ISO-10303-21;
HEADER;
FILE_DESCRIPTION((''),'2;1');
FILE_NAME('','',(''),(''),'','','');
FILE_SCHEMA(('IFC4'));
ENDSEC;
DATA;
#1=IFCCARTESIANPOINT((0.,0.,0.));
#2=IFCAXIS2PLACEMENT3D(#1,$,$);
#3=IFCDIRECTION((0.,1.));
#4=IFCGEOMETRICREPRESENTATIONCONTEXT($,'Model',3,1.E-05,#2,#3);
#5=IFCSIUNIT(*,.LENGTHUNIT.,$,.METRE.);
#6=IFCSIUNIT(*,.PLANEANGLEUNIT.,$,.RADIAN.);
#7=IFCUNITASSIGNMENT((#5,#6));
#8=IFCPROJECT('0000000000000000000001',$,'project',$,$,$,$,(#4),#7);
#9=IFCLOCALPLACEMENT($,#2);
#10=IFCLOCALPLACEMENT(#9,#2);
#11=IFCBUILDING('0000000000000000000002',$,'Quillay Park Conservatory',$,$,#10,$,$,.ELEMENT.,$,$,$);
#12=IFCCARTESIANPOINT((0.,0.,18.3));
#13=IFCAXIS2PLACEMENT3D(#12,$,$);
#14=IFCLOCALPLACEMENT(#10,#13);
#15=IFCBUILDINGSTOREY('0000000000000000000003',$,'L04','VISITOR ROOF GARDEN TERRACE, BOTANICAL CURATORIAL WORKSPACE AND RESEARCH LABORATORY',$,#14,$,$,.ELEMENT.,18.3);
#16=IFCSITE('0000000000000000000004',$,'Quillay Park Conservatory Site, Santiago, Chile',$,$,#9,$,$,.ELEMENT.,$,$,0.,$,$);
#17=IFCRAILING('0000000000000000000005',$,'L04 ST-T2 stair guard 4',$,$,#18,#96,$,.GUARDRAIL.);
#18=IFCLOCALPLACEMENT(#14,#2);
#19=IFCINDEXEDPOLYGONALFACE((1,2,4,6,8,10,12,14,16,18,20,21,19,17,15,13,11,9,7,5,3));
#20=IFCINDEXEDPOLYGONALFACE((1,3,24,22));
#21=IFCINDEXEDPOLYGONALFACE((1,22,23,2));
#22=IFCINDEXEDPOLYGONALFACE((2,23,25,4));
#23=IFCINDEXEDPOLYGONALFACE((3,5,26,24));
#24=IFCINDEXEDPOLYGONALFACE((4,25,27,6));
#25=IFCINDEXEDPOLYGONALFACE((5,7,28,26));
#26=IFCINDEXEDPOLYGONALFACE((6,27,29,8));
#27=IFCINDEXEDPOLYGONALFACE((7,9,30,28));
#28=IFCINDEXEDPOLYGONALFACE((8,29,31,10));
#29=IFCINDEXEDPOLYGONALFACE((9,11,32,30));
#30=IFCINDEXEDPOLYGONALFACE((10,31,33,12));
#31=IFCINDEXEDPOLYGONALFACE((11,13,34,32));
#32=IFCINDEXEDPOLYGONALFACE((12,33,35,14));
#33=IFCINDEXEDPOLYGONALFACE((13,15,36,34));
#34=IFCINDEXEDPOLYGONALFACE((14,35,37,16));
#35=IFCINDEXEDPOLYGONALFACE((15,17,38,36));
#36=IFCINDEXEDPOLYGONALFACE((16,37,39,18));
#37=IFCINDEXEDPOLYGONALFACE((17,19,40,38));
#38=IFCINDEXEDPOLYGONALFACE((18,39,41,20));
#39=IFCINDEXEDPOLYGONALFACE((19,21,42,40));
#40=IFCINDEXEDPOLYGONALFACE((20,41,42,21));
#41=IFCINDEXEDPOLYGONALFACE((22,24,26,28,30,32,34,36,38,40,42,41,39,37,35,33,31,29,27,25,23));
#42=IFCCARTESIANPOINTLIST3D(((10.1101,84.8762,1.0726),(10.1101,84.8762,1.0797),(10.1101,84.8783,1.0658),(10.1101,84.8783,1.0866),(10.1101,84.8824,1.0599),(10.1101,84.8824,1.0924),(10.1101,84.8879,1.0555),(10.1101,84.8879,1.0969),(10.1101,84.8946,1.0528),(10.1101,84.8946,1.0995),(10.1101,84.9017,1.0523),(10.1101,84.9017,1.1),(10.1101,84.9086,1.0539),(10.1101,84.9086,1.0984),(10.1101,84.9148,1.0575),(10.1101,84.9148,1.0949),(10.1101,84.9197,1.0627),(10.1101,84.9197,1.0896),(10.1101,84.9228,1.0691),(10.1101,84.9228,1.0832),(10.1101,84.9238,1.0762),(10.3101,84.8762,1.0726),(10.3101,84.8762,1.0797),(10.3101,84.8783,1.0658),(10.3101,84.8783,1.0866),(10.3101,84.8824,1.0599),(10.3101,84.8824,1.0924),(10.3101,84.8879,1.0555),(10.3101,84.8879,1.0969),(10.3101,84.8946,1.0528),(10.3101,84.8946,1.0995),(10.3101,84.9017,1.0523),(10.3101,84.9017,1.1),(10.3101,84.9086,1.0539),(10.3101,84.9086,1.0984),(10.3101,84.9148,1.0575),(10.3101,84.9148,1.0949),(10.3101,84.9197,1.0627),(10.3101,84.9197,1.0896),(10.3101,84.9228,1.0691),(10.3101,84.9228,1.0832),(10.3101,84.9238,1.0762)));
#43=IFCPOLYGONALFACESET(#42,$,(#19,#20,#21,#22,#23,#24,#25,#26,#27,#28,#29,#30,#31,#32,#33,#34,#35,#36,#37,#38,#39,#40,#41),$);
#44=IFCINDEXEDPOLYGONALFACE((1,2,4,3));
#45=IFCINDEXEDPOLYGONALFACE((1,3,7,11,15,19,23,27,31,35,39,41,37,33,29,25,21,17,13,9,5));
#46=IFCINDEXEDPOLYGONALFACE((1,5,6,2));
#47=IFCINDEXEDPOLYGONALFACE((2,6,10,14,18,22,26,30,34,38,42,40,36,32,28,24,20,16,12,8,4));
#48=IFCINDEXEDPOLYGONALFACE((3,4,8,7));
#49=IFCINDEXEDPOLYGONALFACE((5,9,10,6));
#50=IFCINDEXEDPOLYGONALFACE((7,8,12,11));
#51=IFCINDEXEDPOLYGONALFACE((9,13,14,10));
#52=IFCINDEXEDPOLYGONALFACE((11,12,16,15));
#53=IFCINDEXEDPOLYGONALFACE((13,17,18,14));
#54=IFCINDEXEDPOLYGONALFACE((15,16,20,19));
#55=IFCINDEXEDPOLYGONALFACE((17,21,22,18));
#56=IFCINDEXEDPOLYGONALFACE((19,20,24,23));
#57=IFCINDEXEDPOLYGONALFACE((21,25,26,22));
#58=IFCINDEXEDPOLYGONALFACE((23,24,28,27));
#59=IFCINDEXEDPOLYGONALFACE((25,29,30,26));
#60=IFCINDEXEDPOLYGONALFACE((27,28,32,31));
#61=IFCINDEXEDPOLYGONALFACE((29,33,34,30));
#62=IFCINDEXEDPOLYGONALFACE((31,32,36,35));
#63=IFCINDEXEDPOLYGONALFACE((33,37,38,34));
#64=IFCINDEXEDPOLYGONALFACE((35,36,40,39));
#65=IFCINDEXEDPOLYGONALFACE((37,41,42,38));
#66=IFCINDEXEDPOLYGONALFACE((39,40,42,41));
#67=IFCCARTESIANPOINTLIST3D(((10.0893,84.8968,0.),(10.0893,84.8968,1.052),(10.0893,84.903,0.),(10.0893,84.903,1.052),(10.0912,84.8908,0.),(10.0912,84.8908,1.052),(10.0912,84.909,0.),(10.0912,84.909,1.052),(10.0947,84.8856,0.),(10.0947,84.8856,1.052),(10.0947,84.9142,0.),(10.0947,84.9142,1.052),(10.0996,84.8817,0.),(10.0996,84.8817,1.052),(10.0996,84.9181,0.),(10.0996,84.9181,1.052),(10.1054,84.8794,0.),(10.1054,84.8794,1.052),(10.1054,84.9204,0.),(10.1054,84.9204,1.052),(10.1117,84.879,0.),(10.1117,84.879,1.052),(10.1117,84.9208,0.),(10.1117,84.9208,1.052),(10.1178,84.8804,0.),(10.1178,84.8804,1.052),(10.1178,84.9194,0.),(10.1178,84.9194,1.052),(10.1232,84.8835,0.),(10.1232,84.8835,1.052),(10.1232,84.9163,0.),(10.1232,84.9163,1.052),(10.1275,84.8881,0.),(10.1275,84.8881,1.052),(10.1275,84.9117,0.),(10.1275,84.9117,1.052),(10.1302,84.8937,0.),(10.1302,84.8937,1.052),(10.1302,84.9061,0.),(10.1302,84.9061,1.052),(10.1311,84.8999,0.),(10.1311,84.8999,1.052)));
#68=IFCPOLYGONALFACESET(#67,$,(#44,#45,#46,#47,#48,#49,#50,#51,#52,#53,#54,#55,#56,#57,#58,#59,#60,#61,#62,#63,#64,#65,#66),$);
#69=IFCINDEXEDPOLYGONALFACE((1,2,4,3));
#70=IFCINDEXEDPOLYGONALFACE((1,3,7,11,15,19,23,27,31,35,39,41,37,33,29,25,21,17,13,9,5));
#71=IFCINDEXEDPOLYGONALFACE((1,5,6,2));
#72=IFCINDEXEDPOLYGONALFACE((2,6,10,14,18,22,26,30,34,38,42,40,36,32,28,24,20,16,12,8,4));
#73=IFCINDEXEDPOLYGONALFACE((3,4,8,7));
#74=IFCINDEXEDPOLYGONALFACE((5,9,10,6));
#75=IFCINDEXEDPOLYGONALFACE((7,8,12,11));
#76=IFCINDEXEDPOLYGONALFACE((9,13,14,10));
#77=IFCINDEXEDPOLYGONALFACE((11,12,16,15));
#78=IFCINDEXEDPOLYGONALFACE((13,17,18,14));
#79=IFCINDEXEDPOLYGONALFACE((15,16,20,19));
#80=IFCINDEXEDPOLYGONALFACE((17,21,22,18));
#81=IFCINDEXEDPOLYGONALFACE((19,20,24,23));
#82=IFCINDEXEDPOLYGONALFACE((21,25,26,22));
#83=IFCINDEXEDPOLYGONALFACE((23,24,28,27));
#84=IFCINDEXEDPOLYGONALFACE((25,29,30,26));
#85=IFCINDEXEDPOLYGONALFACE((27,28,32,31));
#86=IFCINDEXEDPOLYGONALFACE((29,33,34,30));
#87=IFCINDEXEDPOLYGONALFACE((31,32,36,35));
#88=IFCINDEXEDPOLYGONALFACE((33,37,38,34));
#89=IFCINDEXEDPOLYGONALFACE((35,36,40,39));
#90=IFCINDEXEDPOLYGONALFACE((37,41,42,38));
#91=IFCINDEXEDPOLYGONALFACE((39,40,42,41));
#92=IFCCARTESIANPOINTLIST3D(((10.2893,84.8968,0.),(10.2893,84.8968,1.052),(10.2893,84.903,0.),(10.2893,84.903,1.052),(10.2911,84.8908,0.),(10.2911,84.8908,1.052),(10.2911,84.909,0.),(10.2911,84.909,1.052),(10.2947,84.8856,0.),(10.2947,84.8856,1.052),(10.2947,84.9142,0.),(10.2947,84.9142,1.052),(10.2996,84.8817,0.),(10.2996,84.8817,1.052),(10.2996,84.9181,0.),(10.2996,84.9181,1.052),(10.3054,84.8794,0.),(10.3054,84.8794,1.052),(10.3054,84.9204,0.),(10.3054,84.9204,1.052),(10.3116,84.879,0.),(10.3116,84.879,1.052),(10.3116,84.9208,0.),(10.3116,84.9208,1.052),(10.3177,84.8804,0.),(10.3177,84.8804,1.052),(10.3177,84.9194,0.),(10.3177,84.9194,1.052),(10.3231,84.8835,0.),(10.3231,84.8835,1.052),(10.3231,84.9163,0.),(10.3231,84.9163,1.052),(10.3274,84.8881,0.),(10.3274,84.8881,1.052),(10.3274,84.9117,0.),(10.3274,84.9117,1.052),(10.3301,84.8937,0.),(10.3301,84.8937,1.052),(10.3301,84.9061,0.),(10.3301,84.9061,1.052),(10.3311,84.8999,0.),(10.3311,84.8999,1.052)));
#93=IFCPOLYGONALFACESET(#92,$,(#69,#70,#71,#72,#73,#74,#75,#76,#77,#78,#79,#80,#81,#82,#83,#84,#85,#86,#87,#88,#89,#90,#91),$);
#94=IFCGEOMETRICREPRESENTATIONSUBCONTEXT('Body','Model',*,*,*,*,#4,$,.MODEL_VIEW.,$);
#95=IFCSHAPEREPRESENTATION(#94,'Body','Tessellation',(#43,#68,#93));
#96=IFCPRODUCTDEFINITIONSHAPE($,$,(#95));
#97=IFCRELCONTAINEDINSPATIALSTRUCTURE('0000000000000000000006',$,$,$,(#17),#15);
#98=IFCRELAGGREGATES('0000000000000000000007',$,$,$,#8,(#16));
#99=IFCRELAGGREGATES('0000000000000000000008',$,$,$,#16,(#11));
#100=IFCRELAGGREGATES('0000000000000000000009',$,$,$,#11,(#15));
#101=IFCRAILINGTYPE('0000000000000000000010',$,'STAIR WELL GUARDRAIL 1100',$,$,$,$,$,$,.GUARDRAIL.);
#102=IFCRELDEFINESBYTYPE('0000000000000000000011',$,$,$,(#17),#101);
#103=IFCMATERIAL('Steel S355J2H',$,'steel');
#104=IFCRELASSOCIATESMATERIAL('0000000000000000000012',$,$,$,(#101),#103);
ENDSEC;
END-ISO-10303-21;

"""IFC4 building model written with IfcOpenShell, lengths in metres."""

from ifc_helpers import new_model, si_unit, direction, frame, origin, origin_2d, place, context, subcontext, project, spatial, circle, extrude, material, type_object, element, save


model = new_model("IFC4")

# Units and contexts
model_context = context("Model", 3, precision=1e-05, world=origin(), true_north=direction((0.0, 1.0)))
body_context = subcontext(model_context, "Body", "Model", "MODEL_VIEW")
ifc_project = project(units=[si_unit("LENGTHUNIT", "METRE"), si_unit("PLANEANGLEUNIT", "RADIAN")], contexts=[model_context])

# Site, building, storey
site_placement = place(None, origin())
site = spatial("IfcSite", under=ifc_project, at=site_placement, Name="Quillay Park Conservatory Site, Santiago, Chile", CompositionType="ELEMENT", RefElevation=0.0)
building_placement = place(site_placement, origin())
building = spatial("IfcBuilding", under=site, at=building_placement, Name="Quillay Park Conservatory", CompositionType="ELEMENT")
storey_placement = place(building_placement, frame((0.0, 0.0, 18.3)))
storey = spatial("IfcBuildingStorey", under=building, at=storey_placement, Name="L04", Description="VISITOR ROOF GARDEN TERRACE, BOTANICAL CURATORIAL WORKSPACE AND RESEARCH LABORATORY", CompositionType="ELEMENT", Elevation=18.3)

# Railing
ifc_material_1 = material(Name="Steel S355J2H", Category="steel")
railing_type_1 = type_object("IfcRailingType", Name="STAIR WELL GUARDRAIL 1100", PredefinedType="GUARDRAIL", material=ifc_material_1)
railing_1_placement = place(storey_placement, frame((10.1101, 84.8999, 0.0)))
element("IfcRailing", 1, at=railing_1_placement, inside=storey, type_object=railing_type_1, Name="L04 ST-T2 stair guard 4", PredefinedType="GUARDRAIL", context=body_context, shape_type="SweptSolid", body=[
    extrude(circle(Radius=0.0239, at=origin_2d()), frame((0.0, 0.0, 1.0762), z_axis=(1.0, 0.0, 0.0), x_axis=(0.0, 1.0, 0.0)), (0.0, 0.0, 1.0), 0.2),
    extrude(circle(Radius=0.021, at=origin_2d()), origin(), (0.0, 0.0, 1.0), 1.052),
    extrude(circle(Radius=0.021, at=origin_2d()), frame((0.2, 0.0, 0.0)), (0.0, 0.0, 1.0), 1.052),
])

save(model, "model.ifc")
